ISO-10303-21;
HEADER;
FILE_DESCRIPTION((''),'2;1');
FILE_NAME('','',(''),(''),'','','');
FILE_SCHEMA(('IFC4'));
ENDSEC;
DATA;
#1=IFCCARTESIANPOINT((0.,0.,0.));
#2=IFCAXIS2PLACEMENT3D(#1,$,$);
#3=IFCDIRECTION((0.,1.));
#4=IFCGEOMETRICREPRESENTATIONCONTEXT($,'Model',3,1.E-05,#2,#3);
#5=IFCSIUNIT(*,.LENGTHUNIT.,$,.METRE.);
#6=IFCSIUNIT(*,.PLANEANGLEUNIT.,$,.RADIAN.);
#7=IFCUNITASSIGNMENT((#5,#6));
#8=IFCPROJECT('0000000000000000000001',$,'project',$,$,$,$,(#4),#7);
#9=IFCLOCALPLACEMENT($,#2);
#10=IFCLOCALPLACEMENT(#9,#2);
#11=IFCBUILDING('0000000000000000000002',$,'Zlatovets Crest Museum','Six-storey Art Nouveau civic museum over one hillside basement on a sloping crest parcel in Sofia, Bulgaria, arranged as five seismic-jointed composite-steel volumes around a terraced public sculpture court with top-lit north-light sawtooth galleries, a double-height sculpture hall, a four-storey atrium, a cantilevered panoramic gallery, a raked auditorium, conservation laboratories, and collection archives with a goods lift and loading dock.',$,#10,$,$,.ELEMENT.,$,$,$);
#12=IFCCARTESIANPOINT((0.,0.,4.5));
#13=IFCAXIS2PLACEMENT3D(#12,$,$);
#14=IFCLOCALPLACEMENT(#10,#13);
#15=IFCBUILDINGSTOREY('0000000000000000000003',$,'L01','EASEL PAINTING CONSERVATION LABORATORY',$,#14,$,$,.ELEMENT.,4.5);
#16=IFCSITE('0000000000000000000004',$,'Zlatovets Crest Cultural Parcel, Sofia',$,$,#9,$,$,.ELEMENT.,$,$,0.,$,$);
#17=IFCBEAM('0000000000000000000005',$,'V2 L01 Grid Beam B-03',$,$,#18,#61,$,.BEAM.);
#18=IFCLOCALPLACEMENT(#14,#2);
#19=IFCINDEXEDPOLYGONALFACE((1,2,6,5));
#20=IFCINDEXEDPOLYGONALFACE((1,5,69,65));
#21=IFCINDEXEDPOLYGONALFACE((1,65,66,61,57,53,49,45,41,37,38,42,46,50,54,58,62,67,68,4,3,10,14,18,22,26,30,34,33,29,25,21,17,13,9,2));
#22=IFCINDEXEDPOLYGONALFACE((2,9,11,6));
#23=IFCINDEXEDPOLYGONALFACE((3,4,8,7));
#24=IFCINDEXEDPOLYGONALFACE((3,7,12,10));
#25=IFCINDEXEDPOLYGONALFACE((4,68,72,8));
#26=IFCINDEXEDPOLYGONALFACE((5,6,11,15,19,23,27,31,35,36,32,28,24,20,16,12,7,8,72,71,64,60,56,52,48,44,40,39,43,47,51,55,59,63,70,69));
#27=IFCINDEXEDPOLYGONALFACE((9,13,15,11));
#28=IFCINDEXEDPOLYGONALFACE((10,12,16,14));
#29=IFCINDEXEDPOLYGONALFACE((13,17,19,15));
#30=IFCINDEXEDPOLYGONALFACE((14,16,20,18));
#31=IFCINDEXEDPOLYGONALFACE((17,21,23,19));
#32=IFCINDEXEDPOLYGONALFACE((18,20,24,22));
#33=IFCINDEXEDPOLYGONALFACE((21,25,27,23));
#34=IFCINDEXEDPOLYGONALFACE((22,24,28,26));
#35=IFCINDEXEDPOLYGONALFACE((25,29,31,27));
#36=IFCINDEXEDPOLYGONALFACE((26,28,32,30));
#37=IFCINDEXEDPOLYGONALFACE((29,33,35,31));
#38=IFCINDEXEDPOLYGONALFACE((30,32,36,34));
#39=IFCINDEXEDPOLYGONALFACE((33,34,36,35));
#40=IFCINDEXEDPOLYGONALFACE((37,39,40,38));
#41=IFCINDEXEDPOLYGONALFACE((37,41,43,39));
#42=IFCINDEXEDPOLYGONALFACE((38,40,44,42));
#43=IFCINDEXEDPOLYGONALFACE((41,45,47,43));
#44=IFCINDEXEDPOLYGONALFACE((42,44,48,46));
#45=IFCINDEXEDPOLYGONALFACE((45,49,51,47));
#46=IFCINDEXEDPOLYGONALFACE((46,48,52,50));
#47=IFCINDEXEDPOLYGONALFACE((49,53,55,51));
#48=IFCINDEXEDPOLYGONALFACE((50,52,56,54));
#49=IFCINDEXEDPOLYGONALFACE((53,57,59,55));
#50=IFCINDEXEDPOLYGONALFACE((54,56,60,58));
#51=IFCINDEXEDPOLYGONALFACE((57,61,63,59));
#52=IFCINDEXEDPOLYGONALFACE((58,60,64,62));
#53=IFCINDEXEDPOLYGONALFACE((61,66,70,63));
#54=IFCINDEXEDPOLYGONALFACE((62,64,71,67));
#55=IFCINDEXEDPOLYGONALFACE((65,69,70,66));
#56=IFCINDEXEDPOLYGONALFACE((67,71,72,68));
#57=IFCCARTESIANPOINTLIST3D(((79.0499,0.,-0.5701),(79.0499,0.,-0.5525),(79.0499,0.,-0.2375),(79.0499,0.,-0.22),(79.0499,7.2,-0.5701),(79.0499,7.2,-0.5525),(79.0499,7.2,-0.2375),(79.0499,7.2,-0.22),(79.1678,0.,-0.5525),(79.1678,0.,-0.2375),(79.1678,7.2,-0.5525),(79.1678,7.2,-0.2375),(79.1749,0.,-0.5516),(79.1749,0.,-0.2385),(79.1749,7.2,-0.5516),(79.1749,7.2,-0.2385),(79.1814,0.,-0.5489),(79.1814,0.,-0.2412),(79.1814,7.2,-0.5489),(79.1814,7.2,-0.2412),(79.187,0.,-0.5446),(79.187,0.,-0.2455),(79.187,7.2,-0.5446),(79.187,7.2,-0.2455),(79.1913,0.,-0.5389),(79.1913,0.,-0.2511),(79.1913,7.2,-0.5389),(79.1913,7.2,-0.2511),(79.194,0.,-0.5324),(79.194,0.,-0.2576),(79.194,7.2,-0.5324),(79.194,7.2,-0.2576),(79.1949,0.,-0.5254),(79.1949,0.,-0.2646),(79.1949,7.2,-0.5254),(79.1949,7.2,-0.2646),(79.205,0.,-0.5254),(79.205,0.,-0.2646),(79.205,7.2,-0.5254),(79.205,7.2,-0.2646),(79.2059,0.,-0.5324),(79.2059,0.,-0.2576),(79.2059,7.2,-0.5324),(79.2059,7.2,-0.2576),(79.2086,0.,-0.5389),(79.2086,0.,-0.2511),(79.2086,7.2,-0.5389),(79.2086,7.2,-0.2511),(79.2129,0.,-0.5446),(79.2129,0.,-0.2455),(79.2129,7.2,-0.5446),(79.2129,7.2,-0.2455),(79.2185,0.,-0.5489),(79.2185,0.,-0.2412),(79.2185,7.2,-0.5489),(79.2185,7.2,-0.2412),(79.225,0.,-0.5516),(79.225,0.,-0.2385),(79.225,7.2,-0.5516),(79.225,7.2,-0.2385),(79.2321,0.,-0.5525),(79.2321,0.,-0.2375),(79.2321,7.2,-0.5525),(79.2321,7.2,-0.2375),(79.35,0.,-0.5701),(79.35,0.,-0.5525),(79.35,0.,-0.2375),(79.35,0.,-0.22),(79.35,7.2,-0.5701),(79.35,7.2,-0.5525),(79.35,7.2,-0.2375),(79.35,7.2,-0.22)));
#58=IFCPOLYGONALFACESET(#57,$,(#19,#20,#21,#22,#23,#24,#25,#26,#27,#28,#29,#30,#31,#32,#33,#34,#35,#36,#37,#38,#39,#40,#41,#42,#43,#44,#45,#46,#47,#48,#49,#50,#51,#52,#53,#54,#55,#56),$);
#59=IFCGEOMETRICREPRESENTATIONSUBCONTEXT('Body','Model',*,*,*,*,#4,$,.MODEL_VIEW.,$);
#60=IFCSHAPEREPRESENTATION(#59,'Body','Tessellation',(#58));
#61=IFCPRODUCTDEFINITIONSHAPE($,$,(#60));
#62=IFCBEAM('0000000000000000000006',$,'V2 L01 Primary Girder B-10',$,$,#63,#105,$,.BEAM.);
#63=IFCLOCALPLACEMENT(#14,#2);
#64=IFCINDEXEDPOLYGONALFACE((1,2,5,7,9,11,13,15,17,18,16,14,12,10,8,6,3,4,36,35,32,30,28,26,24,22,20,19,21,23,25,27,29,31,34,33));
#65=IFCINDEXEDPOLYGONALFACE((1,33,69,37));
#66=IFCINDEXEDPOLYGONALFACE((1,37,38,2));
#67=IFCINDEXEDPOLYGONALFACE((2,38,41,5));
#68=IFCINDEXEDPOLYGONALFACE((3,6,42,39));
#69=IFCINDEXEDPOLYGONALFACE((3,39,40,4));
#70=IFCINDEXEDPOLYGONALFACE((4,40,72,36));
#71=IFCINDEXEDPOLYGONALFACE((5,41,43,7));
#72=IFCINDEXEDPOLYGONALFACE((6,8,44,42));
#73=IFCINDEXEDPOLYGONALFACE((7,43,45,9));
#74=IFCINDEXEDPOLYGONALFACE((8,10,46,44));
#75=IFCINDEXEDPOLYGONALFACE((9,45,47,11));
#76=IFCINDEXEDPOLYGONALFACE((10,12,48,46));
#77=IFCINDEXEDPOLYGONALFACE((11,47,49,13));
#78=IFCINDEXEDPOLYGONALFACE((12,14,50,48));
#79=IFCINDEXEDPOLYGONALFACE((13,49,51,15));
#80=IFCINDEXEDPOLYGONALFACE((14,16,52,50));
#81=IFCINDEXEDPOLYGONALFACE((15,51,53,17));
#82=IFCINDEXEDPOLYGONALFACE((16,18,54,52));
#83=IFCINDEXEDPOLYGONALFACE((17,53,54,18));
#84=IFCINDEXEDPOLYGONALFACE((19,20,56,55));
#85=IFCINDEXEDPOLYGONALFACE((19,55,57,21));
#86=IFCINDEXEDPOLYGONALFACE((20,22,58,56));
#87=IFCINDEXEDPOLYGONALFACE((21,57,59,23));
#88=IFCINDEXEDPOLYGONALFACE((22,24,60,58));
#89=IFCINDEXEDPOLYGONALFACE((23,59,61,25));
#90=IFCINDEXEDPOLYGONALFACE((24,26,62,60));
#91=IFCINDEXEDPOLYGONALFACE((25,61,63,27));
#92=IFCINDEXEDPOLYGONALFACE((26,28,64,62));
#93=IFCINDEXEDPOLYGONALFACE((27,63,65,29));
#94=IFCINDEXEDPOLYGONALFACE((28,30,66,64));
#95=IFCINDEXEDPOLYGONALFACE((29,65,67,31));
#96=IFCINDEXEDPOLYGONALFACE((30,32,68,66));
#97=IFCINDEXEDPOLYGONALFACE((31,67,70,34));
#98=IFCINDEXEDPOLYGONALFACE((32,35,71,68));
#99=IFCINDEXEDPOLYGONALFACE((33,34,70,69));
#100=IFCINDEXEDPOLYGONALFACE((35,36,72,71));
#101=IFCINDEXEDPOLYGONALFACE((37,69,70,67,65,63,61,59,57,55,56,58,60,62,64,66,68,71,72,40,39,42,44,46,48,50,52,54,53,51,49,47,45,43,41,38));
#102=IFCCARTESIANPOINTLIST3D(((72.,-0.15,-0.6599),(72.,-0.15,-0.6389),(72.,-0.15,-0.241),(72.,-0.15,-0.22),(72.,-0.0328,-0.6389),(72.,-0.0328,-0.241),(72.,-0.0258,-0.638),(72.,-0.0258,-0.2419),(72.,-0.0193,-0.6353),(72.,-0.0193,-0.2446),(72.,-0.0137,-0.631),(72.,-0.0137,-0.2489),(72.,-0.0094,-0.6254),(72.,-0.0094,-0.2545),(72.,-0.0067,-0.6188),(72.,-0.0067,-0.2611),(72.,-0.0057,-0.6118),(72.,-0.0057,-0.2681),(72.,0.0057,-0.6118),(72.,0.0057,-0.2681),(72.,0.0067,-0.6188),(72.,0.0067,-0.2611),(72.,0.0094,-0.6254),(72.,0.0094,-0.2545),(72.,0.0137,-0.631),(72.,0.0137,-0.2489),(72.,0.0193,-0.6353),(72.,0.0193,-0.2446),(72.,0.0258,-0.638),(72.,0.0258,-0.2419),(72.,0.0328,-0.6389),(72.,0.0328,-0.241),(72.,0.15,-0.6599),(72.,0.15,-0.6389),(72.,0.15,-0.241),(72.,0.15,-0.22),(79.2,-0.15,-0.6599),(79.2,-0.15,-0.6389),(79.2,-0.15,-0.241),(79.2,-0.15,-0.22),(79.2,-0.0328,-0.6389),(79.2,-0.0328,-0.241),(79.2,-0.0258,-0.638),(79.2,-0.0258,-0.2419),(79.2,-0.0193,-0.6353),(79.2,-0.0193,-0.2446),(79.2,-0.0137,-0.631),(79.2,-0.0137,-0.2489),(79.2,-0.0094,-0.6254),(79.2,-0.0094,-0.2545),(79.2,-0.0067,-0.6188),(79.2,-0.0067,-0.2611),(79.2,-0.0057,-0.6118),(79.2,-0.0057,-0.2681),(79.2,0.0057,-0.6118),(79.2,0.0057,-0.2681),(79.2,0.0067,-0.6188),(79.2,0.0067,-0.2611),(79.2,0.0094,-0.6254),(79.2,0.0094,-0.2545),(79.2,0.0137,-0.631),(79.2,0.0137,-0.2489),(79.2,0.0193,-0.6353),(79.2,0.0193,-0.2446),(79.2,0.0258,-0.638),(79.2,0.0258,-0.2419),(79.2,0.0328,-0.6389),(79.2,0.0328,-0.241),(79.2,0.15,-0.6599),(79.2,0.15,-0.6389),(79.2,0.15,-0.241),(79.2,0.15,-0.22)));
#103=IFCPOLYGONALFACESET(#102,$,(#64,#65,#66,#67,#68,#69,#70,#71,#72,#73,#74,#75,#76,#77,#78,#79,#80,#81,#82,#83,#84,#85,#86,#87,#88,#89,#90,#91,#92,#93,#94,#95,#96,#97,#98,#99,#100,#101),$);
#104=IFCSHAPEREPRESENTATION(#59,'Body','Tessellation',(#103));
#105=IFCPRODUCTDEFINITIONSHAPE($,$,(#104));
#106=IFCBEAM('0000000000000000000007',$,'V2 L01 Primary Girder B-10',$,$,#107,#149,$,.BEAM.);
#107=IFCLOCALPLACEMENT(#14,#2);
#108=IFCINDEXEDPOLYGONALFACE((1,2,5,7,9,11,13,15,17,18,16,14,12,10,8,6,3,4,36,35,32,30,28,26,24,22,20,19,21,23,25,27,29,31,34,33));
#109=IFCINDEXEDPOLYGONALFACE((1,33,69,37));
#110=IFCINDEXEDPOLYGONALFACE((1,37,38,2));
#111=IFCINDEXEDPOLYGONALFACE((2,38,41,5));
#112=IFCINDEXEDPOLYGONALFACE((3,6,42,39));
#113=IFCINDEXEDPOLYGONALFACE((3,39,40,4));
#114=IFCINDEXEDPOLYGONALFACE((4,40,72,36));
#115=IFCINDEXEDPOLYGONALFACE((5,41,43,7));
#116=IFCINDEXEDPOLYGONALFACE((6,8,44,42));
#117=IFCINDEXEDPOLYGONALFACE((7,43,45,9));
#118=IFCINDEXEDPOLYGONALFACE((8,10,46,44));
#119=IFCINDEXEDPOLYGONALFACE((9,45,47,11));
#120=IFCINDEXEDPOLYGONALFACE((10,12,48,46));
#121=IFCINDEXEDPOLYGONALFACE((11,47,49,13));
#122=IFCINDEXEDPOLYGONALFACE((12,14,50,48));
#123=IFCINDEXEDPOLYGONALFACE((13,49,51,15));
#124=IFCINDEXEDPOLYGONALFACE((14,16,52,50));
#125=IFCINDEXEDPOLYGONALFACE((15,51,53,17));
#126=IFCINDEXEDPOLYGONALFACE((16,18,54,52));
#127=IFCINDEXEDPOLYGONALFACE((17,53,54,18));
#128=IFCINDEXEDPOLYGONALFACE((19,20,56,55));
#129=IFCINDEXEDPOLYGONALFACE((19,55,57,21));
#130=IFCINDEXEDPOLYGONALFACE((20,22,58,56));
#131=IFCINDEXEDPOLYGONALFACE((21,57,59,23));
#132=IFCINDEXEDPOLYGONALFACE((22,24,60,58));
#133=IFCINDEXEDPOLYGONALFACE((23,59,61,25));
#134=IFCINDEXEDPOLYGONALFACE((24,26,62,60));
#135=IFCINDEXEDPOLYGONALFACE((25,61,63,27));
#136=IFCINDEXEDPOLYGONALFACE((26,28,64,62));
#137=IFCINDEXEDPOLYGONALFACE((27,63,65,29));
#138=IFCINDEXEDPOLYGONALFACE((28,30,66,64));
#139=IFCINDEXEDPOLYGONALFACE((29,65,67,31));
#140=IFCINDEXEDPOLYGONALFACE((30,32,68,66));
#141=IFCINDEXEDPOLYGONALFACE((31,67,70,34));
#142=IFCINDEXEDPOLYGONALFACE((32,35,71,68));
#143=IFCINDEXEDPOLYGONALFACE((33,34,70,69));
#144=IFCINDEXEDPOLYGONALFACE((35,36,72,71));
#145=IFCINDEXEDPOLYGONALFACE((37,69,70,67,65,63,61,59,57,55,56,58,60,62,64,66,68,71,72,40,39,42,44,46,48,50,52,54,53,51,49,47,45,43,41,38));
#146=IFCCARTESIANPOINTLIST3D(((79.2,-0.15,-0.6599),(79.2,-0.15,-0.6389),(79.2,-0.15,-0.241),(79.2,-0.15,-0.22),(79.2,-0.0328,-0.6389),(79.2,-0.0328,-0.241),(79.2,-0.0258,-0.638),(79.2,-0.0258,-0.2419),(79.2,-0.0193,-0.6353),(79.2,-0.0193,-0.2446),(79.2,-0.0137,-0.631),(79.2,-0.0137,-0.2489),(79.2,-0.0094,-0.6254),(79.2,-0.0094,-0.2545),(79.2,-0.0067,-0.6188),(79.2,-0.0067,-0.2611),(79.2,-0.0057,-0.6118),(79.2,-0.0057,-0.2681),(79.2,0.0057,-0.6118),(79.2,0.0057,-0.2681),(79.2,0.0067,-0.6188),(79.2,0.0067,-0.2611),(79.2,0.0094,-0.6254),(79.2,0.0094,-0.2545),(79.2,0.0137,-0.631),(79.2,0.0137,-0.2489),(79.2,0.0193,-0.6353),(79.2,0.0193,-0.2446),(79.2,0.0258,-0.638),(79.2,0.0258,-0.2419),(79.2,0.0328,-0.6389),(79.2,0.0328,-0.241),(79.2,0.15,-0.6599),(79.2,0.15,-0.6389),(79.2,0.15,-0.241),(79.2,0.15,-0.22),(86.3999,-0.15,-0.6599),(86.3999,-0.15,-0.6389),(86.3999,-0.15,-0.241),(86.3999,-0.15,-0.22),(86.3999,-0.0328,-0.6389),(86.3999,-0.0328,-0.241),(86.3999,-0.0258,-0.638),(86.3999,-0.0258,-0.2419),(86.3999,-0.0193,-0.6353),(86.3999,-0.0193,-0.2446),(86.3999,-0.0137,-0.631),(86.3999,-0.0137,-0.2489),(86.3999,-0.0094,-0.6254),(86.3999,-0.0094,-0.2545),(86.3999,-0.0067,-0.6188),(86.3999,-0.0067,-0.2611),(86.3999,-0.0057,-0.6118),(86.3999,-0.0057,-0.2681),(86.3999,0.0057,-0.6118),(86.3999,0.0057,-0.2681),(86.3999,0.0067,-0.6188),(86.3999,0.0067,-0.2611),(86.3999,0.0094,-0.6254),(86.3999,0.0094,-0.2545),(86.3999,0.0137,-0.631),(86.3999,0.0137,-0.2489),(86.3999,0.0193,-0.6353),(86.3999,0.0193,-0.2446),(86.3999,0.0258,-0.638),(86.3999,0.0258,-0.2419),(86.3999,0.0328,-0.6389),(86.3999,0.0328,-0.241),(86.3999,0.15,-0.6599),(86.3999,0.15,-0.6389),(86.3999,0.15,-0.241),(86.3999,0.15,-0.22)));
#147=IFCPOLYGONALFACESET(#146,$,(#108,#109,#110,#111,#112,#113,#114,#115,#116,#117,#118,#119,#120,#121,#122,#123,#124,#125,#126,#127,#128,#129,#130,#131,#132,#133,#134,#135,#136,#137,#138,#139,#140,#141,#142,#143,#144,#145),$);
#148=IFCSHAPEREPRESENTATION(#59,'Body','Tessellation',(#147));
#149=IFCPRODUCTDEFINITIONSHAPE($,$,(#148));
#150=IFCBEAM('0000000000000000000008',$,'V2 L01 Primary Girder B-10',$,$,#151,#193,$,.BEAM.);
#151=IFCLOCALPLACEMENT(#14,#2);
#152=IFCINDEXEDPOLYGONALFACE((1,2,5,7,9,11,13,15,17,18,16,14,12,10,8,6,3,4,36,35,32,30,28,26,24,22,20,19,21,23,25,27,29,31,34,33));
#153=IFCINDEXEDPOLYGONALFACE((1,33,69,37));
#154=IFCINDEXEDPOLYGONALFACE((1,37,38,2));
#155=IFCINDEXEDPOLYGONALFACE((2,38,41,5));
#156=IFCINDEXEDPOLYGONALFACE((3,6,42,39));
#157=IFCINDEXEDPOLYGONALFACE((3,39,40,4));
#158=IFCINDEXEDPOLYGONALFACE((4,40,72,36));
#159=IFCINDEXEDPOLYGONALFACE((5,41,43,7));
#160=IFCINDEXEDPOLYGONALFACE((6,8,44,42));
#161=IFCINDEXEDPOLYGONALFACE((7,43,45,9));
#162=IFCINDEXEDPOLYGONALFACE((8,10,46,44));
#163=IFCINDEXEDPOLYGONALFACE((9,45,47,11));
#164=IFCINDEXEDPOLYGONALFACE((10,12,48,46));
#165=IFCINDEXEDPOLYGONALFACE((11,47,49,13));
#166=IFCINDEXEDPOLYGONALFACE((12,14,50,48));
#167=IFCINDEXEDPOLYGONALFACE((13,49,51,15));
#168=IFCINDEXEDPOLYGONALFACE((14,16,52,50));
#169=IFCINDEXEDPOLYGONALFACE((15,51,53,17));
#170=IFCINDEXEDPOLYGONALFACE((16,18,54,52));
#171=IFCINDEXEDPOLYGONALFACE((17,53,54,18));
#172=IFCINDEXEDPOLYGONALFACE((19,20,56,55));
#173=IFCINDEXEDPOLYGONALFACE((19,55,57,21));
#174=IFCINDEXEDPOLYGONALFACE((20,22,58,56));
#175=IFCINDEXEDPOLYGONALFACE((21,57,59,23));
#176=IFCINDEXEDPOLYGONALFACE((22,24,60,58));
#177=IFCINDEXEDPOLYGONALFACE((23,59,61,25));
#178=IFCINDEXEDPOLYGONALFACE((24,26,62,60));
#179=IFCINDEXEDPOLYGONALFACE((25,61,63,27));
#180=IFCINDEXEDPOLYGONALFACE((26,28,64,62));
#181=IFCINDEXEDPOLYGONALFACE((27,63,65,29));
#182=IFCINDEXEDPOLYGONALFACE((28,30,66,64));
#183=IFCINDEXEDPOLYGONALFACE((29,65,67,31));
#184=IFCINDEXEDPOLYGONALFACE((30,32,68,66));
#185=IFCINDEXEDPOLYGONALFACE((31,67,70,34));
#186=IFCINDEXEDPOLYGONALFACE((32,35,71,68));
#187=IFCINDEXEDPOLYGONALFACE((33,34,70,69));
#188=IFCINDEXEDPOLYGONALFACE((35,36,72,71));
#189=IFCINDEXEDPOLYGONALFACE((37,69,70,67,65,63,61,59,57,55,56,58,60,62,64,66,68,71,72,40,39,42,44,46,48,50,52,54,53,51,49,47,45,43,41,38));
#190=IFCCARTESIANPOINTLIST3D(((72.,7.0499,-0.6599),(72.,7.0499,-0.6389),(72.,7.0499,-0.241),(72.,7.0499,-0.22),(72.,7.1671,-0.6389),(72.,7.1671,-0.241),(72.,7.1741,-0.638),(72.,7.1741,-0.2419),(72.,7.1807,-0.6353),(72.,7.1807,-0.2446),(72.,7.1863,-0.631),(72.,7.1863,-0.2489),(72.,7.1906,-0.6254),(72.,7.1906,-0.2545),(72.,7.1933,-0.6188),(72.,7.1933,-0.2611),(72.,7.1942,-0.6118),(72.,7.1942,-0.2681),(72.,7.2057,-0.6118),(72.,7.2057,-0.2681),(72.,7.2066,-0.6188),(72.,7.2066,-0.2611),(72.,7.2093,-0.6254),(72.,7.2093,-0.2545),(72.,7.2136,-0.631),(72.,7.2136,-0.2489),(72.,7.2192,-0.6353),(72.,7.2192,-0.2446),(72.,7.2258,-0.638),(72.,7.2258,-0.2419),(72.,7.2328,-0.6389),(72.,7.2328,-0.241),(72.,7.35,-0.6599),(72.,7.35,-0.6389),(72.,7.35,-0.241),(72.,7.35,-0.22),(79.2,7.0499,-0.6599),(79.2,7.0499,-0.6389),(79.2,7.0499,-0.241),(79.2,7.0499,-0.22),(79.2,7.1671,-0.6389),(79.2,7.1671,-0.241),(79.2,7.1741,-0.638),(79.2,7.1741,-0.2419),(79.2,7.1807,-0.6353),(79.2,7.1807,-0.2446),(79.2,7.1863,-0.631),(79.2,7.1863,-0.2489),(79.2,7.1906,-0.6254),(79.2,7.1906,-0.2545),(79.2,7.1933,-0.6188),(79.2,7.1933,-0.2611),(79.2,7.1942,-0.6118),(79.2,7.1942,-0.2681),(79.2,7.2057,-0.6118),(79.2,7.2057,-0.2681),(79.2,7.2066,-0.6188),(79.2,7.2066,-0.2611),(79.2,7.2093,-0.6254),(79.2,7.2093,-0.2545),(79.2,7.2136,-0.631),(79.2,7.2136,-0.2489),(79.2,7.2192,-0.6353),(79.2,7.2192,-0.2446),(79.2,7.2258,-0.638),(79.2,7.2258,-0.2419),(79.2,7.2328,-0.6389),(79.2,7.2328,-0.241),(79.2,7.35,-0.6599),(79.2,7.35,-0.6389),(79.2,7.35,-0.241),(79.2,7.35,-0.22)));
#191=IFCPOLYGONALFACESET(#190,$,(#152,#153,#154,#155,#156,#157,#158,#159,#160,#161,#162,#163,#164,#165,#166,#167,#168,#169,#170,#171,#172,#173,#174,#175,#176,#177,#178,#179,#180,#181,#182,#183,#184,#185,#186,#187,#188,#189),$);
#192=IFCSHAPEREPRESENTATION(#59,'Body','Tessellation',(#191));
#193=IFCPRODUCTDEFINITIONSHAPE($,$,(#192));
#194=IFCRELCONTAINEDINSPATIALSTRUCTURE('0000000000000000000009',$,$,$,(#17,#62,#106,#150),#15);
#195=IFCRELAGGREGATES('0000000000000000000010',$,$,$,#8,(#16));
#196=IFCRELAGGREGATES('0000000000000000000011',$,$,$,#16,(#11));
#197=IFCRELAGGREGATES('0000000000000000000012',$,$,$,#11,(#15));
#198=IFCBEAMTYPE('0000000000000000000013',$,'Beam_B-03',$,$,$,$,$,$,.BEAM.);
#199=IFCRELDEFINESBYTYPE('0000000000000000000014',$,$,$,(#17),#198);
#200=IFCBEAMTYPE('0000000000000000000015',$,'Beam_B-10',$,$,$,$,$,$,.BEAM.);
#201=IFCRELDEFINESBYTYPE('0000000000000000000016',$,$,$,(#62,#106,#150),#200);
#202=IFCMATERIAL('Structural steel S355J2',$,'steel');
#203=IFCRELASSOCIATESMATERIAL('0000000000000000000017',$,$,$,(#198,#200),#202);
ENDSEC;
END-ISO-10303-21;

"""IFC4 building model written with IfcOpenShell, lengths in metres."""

from ifc_helpers import new_model, si_unit, direction, frame, origin, origin_2d, place, context, subcontext, project, spatial, i_section, extrude, material, material_profile, profile_set, type_object, element, save


model = new_model("IFC4")

# Units and contexts
model_context = context("Model", 3, precision=1e-05, world=origin(), true_north=direction((0.0, 1.0)))
body_context = subcontext(model_context, "Body", "Model", "MODEL_VIEW")
ifc_project = project(units=[si_unit("LENGTHUNIT", "METRE"), si_unit("PLANEANGLEUNIT", "RADIAN")], contexts=[model_context])

# Site, building, storey
site_placement = place(None, origin())
site = spatial("IfcSite", under=ifc_project, at=site_placement, Name="Zlatovets Crest Cultural Parcel, Sofia", CompositionType="ELEMENT", RefElevation=0.0)
building_placement = place(site_placement, origin())
building = spatial("IfcBuilding", under=site, at=building_placement, Name="Zlatovets Crest Museum", Description="Six-storey Art Nouveau civic museum over one hillside basement on a sloping crest parcel in Sofia, Bulgaria, arranged as five seismic-jointed composite-steel volumes around a terraced public sculpture court with top-lit north-light sawtooth galleries, a double-height sculpture hall, a four-storey atrium, a cantilevered panoramic gallery, a raked auditorium, conservation laboratories, and collection archives with a goods lift and loading dock.", CompositionType="ELEMENT")
storey_placement = place(building_placement, frame((0.0, 0.0, 4.5)))
storey = spatial("IfcBuildingStorey", under=building, at=storey_placement, Name="L01", Description="EASEL PAINTING CONSERVATION LABORATORY", CompositionType="ELEMENT", Elevation=4.5)

# Shared definitions
ifc_material_1 = material(Name="Structural steel S355J2", Category="steel")

# Beams
ifc_material_profile_1 = material_profile(ifc_material_1, i_section(OverallWidth=0.3, OverallDepth=0.3501, WebThickness=0.01, FlangeThickness=0.0176, FilletRadius=0.0271, at=origin_2d()), Name="HEA 360")
ifc_profile_set_1 = profile_set([ifc_material_profile_1], Name="Structural steel S355J2")
beam_type_1 = type_object("IfcBeamType", Name="Beam_B-03", PredefinedType="BEAM", material=ifc_profile_set_1)
beam_1_placement = place(storey_placement, frame((79.2, 0.0, -0.395), z_axis=(0.0, 1.0, 0.0), x_axis=(-1.0, 0.0, 0.0)))
element("IfcBeam", 1, at=beam_1_placement, inside=storey, type_object=beam_type_1, Name="V2 L01 Grid Beam B-03", PredefinedType="BEAM", context=body_context, shape_type="SweptSolid", body=[
    extrude(i_section(OverallWidth=0.3, OverallDepth=0.3501, WebThickness=0.01, FlangeThickness=0.0176, FilletRadius=0.0271, at=origin_2d()), origin(), (0.0, 0.0, 1.0), 7.2),
])
ifc_material_profile_2 = material_profile(ifc_material_1, i_section(OverallWidth=0.3, OverallDepth=0.4399, WebThickness=0.0115, FlangeThickness=0.021, FilletRadius=0.0271, at=origin_2d()), Name="HEA 450")
ifc_profile_set_2 = profile_set([ifc_material_profile_2], Name="Structural steel S355J2")
beam_type_2 = type_object("IfcBeamType", Name="Beam_B-10", PredefinedType="BEAM", material=ifc_profile_set_2)
for number, where, z_axis, x_axis, name in (
    (2, (72.0, 0.0, -0.4399), (1.0, 0.0, 0.0), (0.0, 1.0, 0.0), "V2 L01 Primary Girder B-10"),
    (3, (79.2, 0.0, -0.4399), (1.0, 0.0, 0.0), (0.0, 1.0, 0.0), "V2 L01 Primary Girder B-10"),
    (4, (72.0, 7.2, -0.4399), (1.0, 0.0, 0.0), (0.0, 1.0, 0.0), "V2 L01 Primary Girder B-10"),
):
    element("IfcBeam", number, at=place(storey_placement, frame(where, z_axis=z_axis, x_axis=x_axis)), inside=storey, type_object=beam_type_2, Name=name, PredefinedType="BEAM", context=body_context, shape_type="SweptSolid", body=[
        extrude(i_section(OverallWidth=0.3, OverallDepth=0.4399, WebThickness=0.0115, FlangeThickness=0.021, FilletRadius=0.0271, at=origin_2d()), origin(), (0.0, 0.0, 1.0), 7.2),
    ])

save(model, "model.ifc")
